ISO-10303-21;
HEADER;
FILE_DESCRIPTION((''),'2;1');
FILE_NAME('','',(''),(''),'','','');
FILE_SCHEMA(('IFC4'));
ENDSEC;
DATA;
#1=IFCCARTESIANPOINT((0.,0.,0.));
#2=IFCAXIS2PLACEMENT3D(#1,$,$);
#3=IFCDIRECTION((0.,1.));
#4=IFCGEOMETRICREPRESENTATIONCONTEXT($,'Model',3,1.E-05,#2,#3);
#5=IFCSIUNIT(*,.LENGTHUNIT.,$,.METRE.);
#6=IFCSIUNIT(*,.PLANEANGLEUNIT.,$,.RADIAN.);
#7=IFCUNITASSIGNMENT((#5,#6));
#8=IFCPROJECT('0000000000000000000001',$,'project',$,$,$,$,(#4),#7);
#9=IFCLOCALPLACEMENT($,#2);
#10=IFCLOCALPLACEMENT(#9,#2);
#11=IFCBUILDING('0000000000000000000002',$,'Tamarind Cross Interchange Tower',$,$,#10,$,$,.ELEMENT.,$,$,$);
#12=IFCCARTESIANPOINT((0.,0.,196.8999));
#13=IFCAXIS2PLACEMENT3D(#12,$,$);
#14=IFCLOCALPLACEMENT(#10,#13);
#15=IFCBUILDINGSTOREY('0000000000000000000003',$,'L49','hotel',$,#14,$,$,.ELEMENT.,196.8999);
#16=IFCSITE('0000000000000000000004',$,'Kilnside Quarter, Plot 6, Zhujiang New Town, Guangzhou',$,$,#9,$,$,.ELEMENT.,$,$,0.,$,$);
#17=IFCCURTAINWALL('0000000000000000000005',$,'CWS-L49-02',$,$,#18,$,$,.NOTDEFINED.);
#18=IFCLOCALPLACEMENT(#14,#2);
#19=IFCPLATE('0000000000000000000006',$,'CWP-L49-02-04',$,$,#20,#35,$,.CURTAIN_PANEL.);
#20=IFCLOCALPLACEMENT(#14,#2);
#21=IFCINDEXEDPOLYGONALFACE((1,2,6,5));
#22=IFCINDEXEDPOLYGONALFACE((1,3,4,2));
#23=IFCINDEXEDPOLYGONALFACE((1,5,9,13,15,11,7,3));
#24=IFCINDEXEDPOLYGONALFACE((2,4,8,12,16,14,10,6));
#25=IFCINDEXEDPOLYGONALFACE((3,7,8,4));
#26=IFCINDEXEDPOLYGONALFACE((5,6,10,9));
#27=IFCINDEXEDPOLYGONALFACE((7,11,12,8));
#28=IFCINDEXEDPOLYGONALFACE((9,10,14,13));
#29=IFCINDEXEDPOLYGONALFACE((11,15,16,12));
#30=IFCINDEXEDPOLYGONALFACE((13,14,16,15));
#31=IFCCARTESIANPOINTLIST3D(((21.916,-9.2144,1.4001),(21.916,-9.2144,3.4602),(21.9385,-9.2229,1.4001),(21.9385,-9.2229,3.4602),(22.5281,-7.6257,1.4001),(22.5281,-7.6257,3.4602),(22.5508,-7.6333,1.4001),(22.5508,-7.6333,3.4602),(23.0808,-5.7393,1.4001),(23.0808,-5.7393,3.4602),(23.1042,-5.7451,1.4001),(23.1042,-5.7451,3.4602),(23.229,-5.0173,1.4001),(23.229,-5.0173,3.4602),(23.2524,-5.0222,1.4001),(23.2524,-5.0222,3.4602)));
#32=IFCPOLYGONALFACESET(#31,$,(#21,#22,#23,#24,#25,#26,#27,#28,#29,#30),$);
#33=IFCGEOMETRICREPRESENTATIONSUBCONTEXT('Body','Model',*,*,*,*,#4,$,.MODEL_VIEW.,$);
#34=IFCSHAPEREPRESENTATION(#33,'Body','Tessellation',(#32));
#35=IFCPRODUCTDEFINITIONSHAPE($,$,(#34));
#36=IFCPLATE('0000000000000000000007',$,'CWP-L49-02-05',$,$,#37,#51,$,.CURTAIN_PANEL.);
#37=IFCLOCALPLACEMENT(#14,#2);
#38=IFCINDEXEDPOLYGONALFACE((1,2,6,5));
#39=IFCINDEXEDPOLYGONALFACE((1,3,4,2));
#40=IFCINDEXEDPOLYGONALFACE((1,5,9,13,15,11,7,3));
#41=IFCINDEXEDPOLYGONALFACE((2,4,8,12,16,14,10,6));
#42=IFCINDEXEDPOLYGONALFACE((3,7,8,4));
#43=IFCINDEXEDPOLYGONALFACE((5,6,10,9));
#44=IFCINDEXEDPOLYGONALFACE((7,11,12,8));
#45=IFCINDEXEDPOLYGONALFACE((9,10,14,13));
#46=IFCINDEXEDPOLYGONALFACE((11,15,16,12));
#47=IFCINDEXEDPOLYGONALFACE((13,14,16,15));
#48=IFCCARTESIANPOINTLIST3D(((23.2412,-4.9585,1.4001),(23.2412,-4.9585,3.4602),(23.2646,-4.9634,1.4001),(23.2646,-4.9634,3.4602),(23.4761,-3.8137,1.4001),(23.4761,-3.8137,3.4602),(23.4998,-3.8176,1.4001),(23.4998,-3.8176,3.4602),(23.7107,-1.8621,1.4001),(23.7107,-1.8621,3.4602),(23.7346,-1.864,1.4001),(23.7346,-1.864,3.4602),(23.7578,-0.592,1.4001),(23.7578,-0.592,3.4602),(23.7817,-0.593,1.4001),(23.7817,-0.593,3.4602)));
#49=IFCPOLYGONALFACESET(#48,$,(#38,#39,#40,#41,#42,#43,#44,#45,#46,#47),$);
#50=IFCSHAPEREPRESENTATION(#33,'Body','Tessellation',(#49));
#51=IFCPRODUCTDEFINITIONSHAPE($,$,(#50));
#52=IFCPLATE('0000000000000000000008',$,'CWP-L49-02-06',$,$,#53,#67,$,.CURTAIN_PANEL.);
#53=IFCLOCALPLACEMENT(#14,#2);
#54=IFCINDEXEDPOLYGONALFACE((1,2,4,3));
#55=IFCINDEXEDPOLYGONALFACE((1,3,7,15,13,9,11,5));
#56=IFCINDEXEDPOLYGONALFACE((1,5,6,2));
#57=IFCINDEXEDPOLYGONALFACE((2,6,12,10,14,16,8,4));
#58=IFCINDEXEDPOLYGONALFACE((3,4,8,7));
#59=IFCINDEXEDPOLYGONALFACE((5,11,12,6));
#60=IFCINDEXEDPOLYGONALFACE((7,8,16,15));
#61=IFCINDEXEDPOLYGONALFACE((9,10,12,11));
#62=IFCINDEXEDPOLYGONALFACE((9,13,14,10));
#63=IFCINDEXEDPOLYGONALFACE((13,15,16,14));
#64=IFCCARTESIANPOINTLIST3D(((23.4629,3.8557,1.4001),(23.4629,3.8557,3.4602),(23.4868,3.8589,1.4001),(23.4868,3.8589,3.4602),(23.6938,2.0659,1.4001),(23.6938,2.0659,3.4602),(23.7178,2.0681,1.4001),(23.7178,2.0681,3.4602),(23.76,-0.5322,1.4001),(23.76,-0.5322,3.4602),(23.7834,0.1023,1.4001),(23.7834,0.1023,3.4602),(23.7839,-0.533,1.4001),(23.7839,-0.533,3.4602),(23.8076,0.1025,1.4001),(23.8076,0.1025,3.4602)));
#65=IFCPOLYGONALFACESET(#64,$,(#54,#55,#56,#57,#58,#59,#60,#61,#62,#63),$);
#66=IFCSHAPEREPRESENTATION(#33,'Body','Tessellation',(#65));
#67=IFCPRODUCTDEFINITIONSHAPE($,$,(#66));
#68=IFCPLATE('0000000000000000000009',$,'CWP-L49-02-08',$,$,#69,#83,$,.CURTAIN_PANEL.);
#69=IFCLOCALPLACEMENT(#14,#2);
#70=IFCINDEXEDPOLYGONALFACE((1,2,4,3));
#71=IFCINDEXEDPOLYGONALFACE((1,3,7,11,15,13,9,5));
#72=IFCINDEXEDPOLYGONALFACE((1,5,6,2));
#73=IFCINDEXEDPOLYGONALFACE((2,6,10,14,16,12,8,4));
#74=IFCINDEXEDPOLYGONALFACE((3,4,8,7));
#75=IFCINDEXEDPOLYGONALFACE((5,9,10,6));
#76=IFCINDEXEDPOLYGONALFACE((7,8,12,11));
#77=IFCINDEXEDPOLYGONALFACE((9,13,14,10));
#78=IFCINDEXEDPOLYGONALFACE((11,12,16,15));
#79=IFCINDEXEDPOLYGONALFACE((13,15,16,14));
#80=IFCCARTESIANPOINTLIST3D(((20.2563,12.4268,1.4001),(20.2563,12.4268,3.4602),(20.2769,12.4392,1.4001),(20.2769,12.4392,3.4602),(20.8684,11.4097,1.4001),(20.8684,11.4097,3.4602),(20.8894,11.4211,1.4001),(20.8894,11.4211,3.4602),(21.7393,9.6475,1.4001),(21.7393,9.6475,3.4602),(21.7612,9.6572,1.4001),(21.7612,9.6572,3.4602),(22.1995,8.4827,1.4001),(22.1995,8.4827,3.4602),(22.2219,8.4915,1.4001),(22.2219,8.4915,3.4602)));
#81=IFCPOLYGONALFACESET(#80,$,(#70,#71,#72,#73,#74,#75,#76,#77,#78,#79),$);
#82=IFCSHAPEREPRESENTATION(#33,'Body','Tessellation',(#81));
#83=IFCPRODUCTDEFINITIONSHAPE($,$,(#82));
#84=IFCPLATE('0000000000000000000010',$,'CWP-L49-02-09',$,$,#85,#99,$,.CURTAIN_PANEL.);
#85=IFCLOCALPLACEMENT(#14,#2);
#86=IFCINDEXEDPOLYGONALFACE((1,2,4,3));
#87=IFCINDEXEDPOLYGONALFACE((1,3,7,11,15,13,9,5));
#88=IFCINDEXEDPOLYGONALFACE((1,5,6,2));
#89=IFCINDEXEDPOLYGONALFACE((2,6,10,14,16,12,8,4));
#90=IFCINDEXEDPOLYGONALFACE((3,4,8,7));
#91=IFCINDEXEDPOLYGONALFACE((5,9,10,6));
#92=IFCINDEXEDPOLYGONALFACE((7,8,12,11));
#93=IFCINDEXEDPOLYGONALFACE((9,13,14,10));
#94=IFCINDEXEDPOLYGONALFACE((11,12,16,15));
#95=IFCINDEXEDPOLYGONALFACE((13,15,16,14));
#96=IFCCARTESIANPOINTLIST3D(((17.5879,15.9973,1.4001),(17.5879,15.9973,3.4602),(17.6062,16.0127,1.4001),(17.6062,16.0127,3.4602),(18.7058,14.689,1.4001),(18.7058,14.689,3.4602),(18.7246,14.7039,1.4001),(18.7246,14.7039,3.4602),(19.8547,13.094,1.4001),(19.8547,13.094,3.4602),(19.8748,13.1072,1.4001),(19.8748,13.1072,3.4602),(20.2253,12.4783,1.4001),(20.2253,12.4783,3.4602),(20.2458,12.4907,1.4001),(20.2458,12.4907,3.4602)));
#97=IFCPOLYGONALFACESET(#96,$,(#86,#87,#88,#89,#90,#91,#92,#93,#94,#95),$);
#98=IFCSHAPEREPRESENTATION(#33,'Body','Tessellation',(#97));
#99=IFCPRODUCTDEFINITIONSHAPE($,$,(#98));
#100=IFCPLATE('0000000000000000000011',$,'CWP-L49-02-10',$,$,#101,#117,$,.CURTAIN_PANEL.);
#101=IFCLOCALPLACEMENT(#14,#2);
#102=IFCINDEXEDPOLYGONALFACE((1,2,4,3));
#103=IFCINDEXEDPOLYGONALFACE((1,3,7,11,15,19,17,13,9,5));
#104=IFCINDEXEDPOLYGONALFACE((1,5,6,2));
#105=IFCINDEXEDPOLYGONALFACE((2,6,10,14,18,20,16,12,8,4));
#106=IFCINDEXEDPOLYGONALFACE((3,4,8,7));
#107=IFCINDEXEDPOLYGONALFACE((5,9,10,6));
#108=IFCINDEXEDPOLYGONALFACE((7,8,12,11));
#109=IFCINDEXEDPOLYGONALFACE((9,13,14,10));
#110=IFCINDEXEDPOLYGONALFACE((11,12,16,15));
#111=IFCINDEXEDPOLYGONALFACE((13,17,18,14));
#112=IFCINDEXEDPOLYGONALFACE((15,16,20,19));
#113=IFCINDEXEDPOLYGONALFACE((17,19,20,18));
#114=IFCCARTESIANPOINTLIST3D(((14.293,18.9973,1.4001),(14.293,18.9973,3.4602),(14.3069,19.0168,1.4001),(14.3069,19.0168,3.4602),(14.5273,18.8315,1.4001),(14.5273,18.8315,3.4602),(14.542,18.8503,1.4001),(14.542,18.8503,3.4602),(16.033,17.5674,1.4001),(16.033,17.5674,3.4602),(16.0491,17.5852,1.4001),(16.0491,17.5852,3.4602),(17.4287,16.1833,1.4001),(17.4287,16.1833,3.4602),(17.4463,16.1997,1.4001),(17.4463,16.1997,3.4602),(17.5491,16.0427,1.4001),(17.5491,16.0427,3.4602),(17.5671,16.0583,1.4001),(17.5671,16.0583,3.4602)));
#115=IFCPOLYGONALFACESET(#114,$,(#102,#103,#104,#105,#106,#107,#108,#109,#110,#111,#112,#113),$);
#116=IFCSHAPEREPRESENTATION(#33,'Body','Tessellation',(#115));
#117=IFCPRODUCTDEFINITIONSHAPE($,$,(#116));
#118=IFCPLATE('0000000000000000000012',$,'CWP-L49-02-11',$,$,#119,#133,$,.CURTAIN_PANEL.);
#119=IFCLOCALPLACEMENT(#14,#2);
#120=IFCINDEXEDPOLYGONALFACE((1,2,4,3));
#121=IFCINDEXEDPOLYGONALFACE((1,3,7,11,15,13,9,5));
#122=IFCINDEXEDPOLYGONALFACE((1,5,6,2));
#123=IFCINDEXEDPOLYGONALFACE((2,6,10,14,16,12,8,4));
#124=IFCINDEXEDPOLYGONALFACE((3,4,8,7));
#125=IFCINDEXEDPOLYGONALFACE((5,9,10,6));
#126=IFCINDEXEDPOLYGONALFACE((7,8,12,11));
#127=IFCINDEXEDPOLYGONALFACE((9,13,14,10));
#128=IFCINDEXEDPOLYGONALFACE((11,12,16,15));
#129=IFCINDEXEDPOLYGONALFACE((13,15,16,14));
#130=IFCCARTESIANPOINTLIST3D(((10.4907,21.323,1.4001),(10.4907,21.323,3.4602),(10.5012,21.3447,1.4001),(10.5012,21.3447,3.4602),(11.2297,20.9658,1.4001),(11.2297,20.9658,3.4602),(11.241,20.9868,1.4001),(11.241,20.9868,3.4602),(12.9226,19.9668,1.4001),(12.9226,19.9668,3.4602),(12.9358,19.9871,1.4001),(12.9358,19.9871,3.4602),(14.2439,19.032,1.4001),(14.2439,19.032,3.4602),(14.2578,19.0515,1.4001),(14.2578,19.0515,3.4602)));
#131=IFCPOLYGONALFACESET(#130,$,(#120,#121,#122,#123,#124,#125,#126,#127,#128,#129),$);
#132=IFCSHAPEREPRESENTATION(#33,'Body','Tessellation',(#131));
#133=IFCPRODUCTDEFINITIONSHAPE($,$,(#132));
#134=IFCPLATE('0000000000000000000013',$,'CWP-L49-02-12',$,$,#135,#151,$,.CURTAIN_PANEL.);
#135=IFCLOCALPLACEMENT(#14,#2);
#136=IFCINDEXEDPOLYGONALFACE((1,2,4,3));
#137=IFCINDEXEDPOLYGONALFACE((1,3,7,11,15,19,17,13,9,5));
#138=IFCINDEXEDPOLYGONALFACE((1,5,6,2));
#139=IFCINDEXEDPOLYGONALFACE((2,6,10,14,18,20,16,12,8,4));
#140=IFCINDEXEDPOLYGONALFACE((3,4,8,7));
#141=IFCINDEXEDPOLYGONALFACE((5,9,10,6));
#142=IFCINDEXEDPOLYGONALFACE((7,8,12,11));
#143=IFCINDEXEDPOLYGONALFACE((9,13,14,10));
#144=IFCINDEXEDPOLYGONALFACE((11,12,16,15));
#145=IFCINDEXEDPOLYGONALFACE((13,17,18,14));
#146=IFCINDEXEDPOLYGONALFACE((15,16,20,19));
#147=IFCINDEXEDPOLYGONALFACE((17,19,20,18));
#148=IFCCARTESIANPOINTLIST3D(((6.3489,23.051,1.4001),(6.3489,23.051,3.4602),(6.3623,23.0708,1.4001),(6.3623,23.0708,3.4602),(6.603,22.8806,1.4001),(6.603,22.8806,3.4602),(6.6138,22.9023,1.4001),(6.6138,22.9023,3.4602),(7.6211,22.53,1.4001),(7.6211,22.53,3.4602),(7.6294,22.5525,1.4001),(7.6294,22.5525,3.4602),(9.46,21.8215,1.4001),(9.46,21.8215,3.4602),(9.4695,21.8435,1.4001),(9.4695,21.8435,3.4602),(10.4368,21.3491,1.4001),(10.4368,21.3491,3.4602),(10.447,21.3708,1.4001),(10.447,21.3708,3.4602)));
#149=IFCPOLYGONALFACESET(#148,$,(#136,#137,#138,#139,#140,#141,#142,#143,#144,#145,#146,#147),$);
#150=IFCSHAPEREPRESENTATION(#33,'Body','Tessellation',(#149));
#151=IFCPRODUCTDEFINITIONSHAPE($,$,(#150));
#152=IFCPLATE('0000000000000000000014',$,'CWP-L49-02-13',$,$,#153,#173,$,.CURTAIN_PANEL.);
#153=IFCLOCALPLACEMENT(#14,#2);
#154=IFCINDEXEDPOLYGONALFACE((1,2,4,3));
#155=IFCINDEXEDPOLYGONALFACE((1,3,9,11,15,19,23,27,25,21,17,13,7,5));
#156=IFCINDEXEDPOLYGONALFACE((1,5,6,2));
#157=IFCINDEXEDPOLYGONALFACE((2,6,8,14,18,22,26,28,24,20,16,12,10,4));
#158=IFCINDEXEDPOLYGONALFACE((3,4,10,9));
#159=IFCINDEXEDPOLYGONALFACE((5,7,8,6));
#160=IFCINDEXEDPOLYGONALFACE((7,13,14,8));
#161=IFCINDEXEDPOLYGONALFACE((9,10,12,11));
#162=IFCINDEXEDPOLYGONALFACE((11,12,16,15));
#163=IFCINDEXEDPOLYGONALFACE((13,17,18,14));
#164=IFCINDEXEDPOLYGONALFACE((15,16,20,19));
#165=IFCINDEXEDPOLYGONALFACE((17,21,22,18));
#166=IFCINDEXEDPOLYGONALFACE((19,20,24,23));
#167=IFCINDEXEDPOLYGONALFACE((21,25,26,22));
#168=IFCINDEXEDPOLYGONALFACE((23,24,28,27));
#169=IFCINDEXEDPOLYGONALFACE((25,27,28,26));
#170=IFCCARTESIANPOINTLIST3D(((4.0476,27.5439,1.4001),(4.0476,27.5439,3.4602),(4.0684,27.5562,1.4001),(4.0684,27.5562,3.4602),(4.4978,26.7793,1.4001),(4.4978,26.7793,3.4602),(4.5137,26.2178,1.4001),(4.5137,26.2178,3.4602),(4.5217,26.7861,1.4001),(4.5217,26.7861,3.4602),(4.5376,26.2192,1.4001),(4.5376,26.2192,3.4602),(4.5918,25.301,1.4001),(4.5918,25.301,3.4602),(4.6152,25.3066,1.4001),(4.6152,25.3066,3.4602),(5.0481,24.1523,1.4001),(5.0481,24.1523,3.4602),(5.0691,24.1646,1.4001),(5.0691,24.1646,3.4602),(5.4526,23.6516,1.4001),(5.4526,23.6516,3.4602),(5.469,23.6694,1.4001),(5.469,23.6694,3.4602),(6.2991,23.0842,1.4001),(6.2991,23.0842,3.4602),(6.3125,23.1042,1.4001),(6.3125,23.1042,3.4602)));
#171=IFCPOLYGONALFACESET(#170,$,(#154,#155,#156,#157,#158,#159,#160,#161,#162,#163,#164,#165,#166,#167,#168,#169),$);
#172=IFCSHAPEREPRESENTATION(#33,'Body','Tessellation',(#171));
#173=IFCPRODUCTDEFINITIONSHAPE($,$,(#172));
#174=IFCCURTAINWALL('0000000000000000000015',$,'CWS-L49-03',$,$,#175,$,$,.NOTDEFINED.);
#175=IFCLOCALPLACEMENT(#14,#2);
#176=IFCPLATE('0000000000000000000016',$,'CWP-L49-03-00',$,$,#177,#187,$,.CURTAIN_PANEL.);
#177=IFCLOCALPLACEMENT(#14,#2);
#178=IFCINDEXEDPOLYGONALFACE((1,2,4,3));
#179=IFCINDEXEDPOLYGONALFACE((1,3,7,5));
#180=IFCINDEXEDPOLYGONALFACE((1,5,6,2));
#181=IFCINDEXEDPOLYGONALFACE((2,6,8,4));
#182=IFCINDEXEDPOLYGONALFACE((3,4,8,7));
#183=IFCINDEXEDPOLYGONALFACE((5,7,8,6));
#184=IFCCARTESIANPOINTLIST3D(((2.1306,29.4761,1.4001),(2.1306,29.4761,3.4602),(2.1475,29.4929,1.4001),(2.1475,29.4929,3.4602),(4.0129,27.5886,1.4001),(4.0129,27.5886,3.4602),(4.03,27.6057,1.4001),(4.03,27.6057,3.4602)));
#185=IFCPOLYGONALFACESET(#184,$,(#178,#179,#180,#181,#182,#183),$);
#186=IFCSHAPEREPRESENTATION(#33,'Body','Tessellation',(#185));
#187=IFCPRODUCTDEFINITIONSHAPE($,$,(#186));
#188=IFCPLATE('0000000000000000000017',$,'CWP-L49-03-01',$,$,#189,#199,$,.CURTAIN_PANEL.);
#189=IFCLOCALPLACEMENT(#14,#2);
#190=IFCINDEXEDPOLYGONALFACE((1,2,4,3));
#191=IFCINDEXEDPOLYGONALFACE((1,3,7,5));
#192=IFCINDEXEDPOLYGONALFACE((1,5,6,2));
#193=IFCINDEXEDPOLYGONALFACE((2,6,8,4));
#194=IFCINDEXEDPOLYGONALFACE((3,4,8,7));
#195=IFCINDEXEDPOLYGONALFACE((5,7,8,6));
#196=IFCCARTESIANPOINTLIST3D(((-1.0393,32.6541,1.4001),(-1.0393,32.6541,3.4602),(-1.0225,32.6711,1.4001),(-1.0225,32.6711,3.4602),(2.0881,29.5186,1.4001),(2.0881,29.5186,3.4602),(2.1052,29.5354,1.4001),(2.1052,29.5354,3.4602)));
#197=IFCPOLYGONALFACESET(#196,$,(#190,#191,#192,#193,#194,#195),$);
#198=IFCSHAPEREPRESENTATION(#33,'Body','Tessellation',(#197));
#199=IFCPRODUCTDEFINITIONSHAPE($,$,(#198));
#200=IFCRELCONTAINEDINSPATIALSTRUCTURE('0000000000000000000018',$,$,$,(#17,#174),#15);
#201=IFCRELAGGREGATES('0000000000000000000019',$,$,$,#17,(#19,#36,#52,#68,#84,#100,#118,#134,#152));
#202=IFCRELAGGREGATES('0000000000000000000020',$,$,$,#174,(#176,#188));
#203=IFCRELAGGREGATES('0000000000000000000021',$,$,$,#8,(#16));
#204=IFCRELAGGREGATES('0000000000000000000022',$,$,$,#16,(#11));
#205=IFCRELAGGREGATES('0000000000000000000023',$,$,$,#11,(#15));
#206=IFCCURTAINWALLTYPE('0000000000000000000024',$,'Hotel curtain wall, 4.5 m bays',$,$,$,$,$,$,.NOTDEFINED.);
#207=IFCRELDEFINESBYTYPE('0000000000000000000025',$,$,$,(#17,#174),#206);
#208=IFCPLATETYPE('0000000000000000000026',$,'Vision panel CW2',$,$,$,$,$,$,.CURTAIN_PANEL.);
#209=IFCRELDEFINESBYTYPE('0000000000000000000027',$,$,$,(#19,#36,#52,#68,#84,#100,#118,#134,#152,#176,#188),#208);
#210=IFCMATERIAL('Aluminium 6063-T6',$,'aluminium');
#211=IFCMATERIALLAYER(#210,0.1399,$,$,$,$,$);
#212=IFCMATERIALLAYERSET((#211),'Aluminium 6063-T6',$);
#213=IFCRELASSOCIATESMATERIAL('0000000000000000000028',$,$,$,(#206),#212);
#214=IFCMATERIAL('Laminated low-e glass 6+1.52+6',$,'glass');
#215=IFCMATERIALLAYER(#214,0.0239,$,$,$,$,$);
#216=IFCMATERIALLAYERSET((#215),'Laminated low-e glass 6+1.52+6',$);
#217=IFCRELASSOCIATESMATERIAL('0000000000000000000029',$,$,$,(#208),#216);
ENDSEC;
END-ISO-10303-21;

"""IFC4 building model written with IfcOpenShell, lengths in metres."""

from ifc_helpers import new_model, si_unit, direction, frame, origin, place, context, subcontext, project, spatial, polyline, outline, extrude, material, layer, layer_set, type_object, element, aggregate, save


model = new_model("IFC4")

# Units and contexts
model_context = context("Model", 3, precision=1e-05, world=origin(), true_north=direction((0.0, 1.0)))
body_context = subcontext(model_context, "Body", "Model", "MODEL_VIEW")
ifc_project = project(units=[si_unit("LENGTHUNIT", "METRE"), si_unit("PLANEANGLEUNIT", "RADIAN")], contexts=[model_context])

# Site, building, storey
site_placement = place(None, origin())
site = spatial("IfcSite", under=ifc_project, at=site_placement, Name="Kilnside Quarter, Plot 6, Zhujiang New Town, Guangzhou", CompositionType="ELEMENT", RefElevation=0.0)
building_placement = place(site_placement, origin())
building = spatial("IfcBuilding", under=site, at=building_placement, Name="Tamarind Cross Interchange Tower", CompositionType="ELEMENT")
storey_placement = place(building_placement, frame((0.0, 0.0, 196.8999)))
storey = spatial("IfcBuildingStorey", under=building, at=storey_placement, Name="L49", Description="hotel", CompositionType="ELEMENT", Elevation=196.8999)

# Curtain wall, plates
ifc_material_1 = material(Name="Aluminium 6063-T6", Category="aluminium")
ifc_layer_1 = layer(ifc_material_1, 0.1399)
ifc_layer_set_1 = layer_set([ifc_layer_1], Name="Aluminium 6063-T6")
curtain_wall_type = type_object("IfcCurtainWallType", Name="Hotel curtain wall, 4.5 m bays", PredefinedType="NOTDEFINED", material=ifc_layer_set_1)
curtain_wall_1_placement = place(storey_placement, origin())
curtain_wall_1 = element("IfcCurtainWall", 1, at=curtain_wall_1_placement, inside=storey, type_object=curtain_wall_type, Name="CWS-L49-02", PredefinedType="NOTDEFINED")
ifc_material_2 = material(Name="Laminated low-e glass 6+1.52+6", Category="glass")
ifc_layer_2 = layer(ifc_material_2, 0.0239)
ifc_layer_set_2 = layer_set([ifc_layer_2], Name="Laminated low-e glass 6+1.52+6")
plate_type = type_object("IfcPlateType", Name="Vision panel CW2", PredefinedType="CURTAIN_PANEL", material=ifc_layer_set_2)
plate_1_placement = place(storey_placement, frame((0.0, 0.0, 1.4001)))
plate_1 = element("IfcPlate", 2, at=plate_1_placement, type_object=plate_type, Name="CWP-L49-02-04", PredefinedType="CURTAIN_PANEL", context=body_context, shape_type="SweptSolid", body=[
    extrude(outline(polyline([(21.916, -9.2144), (22.5281, -7.6257), (23.0808, -5.7393), (23.229, -5.0173), (23.2524, -5.0222), (23.1042, -5.7451), (22.5508, -7.6333), (21.9385, -9.2229), (21.916, -9.2144)])), origin(), (0.0, 0.0, 1.0), 2.0601),
])
plate_2_placement = place(storey_placement, frame((0.0, 0.0, 1.4001)))
plate_2 = element("IfcPlate", 3, at=plate_2_placement, type_object=plate_type, Name="CWP-L49-02-05", PredefinedType="CURTAIN_PANEL", context=body_context, shape_type="SweptSolid", body=[
    extrude(outline(polyline([(23.2412, -4.9585), (23.4761, -3.8137), (23.7107, -1.8621), (23.7578, -0.592), (23.7817, -0.593), (23.7346, -1.864), (23.4998, -3.8176), (23.2646, -4.9634), (23.2412, -4.9585)])), origin(), (0.0, 0.0, 1.0), 2.0601),
])
plate_3_placement = place(storey_placement, frame((0.0, 0.0, 1.4001)))
plate_3 = element("IfcPlate", 4, at=plate_3_placement, type_object=plate_type, Name="CWP-L49-02-06", PredefinedType="CURTAIN_PANEL", context=body_context, shape_type="SweptSolid", body=[
    extrude(outline(polyline([(23.76, -0.5322), (23.7834, 0.1023), (23.6938, 2.0659), (23.4629, 3.8557), (23.4868, 3.8589), (23.7178, 2.0681), (23.8076, 0.1025), (23.7839, -0.533), (23.76, -0.5322)])), origin(), (0.0, 0.0, 1.0), 2.0601),
])
plate_4_placement = place(storey_placement, frame((0.0, 0.0, 1.4001)))
plate_4 = element("IfcPlate", 5, at=plate_4_placement, type_object=plate_type, Name="CWP-L49-02-08", PredefinedType="CURTAIN_PANEL", context=body_context, shape_type="SweptSolid", body=[
    extrude(outline(polyline([(22.1995, 8.4827), (21.7393, 9.6475), (20.8684, 11.4097), (20.2563, 12.4268), (20.2769, 12.4392), (20.8894, 11.4211), (21.7612, 9.6572), (22.2219, 8.4915), (22.1995, 8.4827)])), origin(), (0.0, 0.0, 1.0), 2.0601),
])
plate_5_placement = place(storey_placement, frame((0.0, 0.0, 1.4001)))
plate_5 = element("IfcPlate", 6, at=plate_5_placement, type_object=plate_type, Name="CWP-L49-02-09", PredefinedType="CURTAIN_PANEL", context=body_context, shape_type="SweptSolid", body=[
    extrude(outline(polyline([(20.2253, 12.4783), (19.8547, 13.094), (18.7058, 14.689), (17.5879, 15.9973), (17.6062, 16.0127), (18.7246, 14.7039), (19.8748, 13.1072), (20.2458, 12.4907), (20.2253, 12.4783)])), origin(), (0.0, 0.0, 1.0), 2.0601),
])
plate_6_placement = place(storey_placement, frame((0.0, 0.0, 1.4001)))
plate_6 = element("IfcPlate", 7, at=plate_6_placement, type_object=plate_type, Name="CWP-L49-02-10", PredefinedType="CURTAIN_PANEL", context=body_context, shape_type="SweptSolid", body=[
    extrude(outline(polyline([(17.5491, 16.0427), (17.4287, 16.1833), (16.033, 17.5674), (14.5273, 18.8315), (14.293, 18.9973), (14.3069, 19.0168), (14.542, 18.8503), (16.0491, 17.5852), (17.4463, 16.1997), (17.5671, 16.0583), (17.5491, 16.0427)])), origin(), (0.0, 0.0, 1.0), 2.0601),
])
plate_7_placement = place(storey_placement, frame((0.0, 0.0, 1.4001)))
plate_7 = element("IfcPlate", 8, at=plate_7_placement, type_object=plate_type, Name="CWP-L49-02-11", PredefinedType="CURTAIN_PANEL", context=body_context, shape_type="SweptSolid", body=[
    extrude(outline(polyline([(14.2439, 19.032), (12.9226, 19.9668), (11.2297, 20.9658), (10.4907, 21.323), (10.5012, 21.3447), (11.241, 20.9868), (12.9358, 19.9871), (14.2578, 19.0515), (14.2439, 19.032)])), origin(), (0.0, 0.0, 1.0), 2.0601),
])
plate_8_placement = place(storey_placement, frame((0.0, 0.0, 1.4001)))
plate_8 = element("IfcPlate", 9, at=plate_8_placement, type_object=plate_type, Name="CWP-L49-02-12", PredefinedType="CURTAIN_PANEL", context=body_context, shape_type="SweptSolid", body=[
    extrude(outline(polyline([(10.4368, 21.3491), (9.46, 21.8215), (7.6211, 22.53), (6.603, 22.8806), (6.3489, 23.051), (6.3623, 23.0708), (6.6138, 22.9023), (7.6294, 22.5525), (9.4695, 21.8435), (10.447, 21.3708), (10.4368, 21.3491)])), origin(), (0.0, 0.0, 1.0), 2.0601),
])
plate_9_placement = place(storey_placement, frame((0.0, 0.0, 1.4001)))
plate_9 = element("IfcPlate", 10, at=plate_9_placement, type_object=plate_type, Name="CWP-L49-02-13", PredefinedType="CURTAIN_PANEL", context=body_context, shape_type="SweptSolid", body=[
    extrude(outline(polyline([(6.2991, 23.0842), (5.4526, 23.6516), (5.0481, 24.1523), (4.5918, 25.301), (4.5137, 26.2178), (4.4978, 26.7793), (4.0476, 27.5439), (4.0684, 27.5562), (4.5217, 26.7861), (4.5376, 26.2192), (4.6152, 25.3066), (5.0691, 24.1646), (5.469, 23.6694), (6.3125, 23.1042), (6.2991, 23.0842)])), origin(), (0.0, 0.0, 1.0), 2.0601),
])
aggregate(curtain_wall_1, [plate_1, plate_2, plate_3, plate_4, plate_5, plate_6, plate_7, plate_8, plate_9])

# Curtain wall, plates
curtain_wall_2_placement = place(storey_placement, origin())
curtain_wall_2 = element("IfcCurtainWall", 11, at=curtain_wall_2_placement, inside=storey, type_object=curtain_wall_type, Name="CWS-L49-03", PredefinedType="NOTDEFINED")
plate_10_placement = place(storey_placement, frame((0.0, 0.0, 1.4001)))
plate_10 = element("IfcPlate", 12, at=plate_10_placement, type_object=plate_type, Name="CWP-L49-03-00", PredefinedType="CURTAIN_PANEL", context=body_context, shape_type="SweptSolid", body=[
    extrude(outline(polyline([(4.0129, 27.5886), (2.1306, 29.4761), (2.1475, 29.4929), (4.03, 27.6057), (4.0129, 27.5886)])), origin(), (0.0, 0.0, 1.0), 2.0601),
])
plate_11_placement = place(storey_placement, frame((0.0, 0.0, 1.4001)))
plate_11 = element("IfcPlate", 13, at=plate_11_placement, type_object=plate_type, Name="CWP-L49-03-01", PredefinedType="CURTAIN_PANEL", context=body_context, shape_type="SweptSolid", body=[
    extrude(outline(polyline([(2.0881, 29.5186), (-1.0393, 32.6541), (-1.0225, 32.6711), (2.1052, 29.5354), (2.0881, 29.5186)])), origin(), (0.0, 0.0, 1.0), 2.0601),
])
aggregate(curtain_wall_2, [plate_10, plate_11])

save(model, "model.ifc")
